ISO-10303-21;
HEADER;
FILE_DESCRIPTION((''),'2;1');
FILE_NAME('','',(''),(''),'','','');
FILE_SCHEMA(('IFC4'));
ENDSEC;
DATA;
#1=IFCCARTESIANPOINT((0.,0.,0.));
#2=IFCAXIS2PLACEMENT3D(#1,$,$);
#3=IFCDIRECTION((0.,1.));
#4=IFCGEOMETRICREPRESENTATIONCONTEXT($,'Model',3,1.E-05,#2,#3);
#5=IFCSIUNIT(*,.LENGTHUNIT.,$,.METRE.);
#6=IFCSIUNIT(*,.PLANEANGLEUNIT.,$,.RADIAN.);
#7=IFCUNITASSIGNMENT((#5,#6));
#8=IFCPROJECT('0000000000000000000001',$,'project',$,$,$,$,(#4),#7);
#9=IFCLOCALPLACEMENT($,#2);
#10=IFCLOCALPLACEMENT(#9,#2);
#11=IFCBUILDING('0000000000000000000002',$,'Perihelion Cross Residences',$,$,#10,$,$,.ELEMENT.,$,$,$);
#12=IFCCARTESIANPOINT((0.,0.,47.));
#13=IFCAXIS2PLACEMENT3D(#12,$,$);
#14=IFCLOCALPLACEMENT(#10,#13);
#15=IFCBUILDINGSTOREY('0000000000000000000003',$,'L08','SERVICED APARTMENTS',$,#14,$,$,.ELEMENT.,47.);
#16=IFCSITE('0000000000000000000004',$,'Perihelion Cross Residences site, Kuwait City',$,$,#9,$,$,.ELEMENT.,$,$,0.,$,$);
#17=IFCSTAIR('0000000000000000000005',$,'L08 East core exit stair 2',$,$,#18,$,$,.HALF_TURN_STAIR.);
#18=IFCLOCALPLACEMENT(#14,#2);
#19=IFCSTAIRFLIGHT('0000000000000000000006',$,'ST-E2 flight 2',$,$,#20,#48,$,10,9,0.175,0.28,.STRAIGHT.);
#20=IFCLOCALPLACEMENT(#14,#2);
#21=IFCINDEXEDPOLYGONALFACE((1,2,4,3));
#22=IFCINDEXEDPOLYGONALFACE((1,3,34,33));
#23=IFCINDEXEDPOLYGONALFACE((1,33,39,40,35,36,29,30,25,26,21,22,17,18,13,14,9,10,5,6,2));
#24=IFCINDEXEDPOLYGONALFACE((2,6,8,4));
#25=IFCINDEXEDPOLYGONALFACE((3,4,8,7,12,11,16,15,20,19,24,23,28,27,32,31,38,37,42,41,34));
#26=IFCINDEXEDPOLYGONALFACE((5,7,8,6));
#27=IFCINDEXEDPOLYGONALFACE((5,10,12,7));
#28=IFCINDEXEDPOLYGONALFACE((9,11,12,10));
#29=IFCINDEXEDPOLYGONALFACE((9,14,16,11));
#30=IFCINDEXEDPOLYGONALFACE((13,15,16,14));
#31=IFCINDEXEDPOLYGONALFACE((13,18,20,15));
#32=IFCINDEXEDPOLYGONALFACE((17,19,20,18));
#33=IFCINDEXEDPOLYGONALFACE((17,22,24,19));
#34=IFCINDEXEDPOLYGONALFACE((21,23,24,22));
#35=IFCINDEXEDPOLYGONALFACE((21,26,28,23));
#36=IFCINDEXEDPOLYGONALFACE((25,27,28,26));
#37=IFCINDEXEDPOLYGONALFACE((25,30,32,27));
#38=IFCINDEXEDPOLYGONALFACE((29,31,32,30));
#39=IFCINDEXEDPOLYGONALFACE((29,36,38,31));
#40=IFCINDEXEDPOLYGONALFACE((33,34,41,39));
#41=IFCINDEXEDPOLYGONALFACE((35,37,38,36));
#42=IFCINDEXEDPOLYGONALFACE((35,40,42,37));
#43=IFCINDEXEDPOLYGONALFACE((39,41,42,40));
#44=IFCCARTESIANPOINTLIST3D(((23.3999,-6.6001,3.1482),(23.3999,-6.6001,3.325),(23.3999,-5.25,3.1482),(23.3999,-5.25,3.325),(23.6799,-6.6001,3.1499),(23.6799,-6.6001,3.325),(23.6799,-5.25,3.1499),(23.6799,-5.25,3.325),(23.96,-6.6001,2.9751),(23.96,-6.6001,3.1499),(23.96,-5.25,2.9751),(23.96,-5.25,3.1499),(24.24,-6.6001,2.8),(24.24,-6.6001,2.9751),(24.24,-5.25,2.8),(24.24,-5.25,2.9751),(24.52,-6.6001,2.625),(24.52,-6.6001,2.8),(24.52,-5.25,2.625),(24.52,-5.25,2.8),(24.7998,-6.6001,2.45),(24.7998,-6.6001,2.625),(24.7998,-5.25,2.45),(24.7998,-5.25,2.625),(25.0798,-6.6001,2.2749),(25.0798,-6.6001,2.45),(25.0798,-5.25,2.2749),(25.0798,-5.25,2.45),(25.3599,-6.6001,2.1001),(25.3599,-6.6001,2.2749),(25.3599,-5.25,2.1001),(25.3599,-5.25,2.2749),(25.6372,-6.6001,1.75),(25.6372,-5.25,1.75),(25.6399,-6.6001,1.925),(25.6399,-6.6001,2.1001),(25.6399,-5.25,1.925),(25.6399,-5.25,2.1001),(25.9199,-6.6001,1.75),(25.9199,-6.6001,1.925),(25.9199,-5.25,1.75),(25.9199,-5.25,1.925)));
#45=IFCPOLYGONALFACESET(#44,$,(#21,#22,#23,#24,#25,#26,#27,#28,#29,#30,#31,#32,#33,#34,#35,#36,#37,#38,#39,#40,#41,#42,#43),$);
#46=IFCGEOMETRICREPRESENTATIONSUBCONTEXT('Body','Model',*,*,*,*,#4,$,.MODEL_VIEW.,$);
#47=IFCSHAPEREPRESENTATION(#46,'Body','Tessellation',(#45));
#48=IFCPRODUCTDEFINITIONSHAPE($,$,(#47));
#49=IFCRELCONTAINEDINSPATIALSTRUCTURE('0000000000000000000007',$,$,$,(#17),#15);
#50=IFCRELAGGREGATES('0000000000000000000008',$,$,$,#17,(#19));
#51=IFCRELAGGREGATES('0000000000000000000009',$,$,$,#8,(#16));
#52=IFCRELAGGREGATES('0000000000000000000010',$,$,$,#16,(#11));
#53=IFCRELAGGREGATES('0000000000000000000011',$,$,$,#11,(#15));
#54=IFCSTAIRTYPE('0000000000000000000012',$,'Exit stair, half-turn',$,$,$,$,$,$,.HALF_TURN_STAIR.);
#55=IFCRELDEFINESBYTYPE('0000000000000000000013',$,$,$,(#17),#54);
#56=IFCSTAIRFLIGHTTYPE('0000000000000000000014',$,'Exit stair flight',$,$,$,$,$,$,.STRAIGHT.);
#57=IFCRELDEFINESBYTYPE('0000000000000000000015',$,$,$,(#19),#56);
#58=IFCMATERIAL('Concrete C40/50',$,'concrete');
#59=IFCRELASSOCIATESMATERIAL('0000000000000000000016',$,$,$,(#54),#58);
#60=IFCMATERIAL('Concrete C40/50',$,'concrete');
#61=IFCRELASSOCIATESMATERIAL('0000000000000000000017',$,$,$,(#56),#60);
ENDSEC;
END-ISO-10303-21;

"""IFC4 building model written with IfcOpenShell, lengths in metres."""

from ifc_helpers import new_model, si_unit, direction, frame, origin, place, context, subcontext, project, spatial, polyline, outline, extrude, material, type_object, element, aggregate, save


model = new_model("IFC4")

# Units and contexts
model_context = context("Model", 3, precision=1e-05, world=origin(), true_north=direction((0.0, 1.0)))
body_context = subcontext(model_context, "Body", "Model", "MODEL_VIEW")
ifc_project = project(units=[si_unit("LENGTHUNIT", "METRE"), si_unit("PLANEANGLEUNIT", "RADIAN")], contexts=[model_context])

# Site, building, storey
site_placement = place(None, origin())
site = spatial("IfcSite", under=ifc_project, at=site_placement, Name="Perihelion Cross Residences site, Kuwait City", CompositionType="ELEMENT", RefElevation=0.0)
building_placement = place(site_placement, origin())
building = spatial("IfcBuilding", under=site, at=building_placement, Name="Perihelion Cross Residences", CompositionType="ELEMENT")
storey_placement = place(building_placement, frame((0.0, 0.0, 47.0)))
storey = spatial("IfcBuildingStorey", under=building, at=storey_placement, Name="L08", Description="SERVICED APARTMENTS", CompositionType="ELEMENT", Elevation=47.0)

# Stair, stair flight
ifc_material_1 = material(Name="Concrete C40/50", Category="concrete")
stair_type = type_object("IfcStairType", Name="Exit stair, half-turn", PredefinedType="HALF_TURN_STAIR", material=ifc_material_1)
stair_placement = place(storey_placement, origin())
stair = element("IfcStair", 1, at=stair_placement, inside=storey, type_object=stair_type, Name="L08 East core exit stair 2", PredefinedType="HALF_TURN_STAIR")
ifc_material_2 = material(Name="Concrete C40/50", Category="concrete")
stair_flight_type = type_object("IfcStairFlightType", Name="Exit stair flight", PredefinedType="STRAIGHT", material=ifc_material_2)
stair_flight_1_placement = place(storey_placement, frame((25.9199, -5.925, 1.75), z_axis=(0.0, 0.0, 1.0), x_axis=(-1.0, 0.0, 0.0)))
stair_flight_1 = element("IfcStairFlight", 2, at=stair_flight_1_placement, type_object=stair_flight_type, Name="ST-E2 flight 2", NumberOfRisers=10, NumberOfTreads=9, PredefinedType="STRAIGHT", RiserHeight=0.175, TreadLength=0.28, context=body_context, shape_type="SweptSolid", body=[
    extrude(outline(polyline([(0.0, 0.0), (0.0, 0.175), (0.28, 0.175), (0.28, 0.3501), (0.5601, 0.3501), (0.5601, 0.5249), (0.8401, 0.5249), (0.8401, 0.7), (1.1201, 0.7), (1.1201, 0.875), (1.3999, 0.875), (1.3999, 1.05), (1.6799, 1.05), (1.6799, 1.2251), (1.96, 1.2251), (1.96, 1.3999), (2.24, 1.3999), (2.24, 1.575), (2.52, 1.575), (2.52, 1.75), (2.52, 1.3982), (0.2827, 0.0), (0.0, 0.0)])), frame((0.0, 0.675, 0.0), z_axis=(0.0, -1.0, 0.0), x_axis=(1.0, 0.0, 0.0)), (0.0, 0.0, 1.0), 1.3501),
])
aggregate(stair, [stair_flight_1])

save(model, "model.ifc")
